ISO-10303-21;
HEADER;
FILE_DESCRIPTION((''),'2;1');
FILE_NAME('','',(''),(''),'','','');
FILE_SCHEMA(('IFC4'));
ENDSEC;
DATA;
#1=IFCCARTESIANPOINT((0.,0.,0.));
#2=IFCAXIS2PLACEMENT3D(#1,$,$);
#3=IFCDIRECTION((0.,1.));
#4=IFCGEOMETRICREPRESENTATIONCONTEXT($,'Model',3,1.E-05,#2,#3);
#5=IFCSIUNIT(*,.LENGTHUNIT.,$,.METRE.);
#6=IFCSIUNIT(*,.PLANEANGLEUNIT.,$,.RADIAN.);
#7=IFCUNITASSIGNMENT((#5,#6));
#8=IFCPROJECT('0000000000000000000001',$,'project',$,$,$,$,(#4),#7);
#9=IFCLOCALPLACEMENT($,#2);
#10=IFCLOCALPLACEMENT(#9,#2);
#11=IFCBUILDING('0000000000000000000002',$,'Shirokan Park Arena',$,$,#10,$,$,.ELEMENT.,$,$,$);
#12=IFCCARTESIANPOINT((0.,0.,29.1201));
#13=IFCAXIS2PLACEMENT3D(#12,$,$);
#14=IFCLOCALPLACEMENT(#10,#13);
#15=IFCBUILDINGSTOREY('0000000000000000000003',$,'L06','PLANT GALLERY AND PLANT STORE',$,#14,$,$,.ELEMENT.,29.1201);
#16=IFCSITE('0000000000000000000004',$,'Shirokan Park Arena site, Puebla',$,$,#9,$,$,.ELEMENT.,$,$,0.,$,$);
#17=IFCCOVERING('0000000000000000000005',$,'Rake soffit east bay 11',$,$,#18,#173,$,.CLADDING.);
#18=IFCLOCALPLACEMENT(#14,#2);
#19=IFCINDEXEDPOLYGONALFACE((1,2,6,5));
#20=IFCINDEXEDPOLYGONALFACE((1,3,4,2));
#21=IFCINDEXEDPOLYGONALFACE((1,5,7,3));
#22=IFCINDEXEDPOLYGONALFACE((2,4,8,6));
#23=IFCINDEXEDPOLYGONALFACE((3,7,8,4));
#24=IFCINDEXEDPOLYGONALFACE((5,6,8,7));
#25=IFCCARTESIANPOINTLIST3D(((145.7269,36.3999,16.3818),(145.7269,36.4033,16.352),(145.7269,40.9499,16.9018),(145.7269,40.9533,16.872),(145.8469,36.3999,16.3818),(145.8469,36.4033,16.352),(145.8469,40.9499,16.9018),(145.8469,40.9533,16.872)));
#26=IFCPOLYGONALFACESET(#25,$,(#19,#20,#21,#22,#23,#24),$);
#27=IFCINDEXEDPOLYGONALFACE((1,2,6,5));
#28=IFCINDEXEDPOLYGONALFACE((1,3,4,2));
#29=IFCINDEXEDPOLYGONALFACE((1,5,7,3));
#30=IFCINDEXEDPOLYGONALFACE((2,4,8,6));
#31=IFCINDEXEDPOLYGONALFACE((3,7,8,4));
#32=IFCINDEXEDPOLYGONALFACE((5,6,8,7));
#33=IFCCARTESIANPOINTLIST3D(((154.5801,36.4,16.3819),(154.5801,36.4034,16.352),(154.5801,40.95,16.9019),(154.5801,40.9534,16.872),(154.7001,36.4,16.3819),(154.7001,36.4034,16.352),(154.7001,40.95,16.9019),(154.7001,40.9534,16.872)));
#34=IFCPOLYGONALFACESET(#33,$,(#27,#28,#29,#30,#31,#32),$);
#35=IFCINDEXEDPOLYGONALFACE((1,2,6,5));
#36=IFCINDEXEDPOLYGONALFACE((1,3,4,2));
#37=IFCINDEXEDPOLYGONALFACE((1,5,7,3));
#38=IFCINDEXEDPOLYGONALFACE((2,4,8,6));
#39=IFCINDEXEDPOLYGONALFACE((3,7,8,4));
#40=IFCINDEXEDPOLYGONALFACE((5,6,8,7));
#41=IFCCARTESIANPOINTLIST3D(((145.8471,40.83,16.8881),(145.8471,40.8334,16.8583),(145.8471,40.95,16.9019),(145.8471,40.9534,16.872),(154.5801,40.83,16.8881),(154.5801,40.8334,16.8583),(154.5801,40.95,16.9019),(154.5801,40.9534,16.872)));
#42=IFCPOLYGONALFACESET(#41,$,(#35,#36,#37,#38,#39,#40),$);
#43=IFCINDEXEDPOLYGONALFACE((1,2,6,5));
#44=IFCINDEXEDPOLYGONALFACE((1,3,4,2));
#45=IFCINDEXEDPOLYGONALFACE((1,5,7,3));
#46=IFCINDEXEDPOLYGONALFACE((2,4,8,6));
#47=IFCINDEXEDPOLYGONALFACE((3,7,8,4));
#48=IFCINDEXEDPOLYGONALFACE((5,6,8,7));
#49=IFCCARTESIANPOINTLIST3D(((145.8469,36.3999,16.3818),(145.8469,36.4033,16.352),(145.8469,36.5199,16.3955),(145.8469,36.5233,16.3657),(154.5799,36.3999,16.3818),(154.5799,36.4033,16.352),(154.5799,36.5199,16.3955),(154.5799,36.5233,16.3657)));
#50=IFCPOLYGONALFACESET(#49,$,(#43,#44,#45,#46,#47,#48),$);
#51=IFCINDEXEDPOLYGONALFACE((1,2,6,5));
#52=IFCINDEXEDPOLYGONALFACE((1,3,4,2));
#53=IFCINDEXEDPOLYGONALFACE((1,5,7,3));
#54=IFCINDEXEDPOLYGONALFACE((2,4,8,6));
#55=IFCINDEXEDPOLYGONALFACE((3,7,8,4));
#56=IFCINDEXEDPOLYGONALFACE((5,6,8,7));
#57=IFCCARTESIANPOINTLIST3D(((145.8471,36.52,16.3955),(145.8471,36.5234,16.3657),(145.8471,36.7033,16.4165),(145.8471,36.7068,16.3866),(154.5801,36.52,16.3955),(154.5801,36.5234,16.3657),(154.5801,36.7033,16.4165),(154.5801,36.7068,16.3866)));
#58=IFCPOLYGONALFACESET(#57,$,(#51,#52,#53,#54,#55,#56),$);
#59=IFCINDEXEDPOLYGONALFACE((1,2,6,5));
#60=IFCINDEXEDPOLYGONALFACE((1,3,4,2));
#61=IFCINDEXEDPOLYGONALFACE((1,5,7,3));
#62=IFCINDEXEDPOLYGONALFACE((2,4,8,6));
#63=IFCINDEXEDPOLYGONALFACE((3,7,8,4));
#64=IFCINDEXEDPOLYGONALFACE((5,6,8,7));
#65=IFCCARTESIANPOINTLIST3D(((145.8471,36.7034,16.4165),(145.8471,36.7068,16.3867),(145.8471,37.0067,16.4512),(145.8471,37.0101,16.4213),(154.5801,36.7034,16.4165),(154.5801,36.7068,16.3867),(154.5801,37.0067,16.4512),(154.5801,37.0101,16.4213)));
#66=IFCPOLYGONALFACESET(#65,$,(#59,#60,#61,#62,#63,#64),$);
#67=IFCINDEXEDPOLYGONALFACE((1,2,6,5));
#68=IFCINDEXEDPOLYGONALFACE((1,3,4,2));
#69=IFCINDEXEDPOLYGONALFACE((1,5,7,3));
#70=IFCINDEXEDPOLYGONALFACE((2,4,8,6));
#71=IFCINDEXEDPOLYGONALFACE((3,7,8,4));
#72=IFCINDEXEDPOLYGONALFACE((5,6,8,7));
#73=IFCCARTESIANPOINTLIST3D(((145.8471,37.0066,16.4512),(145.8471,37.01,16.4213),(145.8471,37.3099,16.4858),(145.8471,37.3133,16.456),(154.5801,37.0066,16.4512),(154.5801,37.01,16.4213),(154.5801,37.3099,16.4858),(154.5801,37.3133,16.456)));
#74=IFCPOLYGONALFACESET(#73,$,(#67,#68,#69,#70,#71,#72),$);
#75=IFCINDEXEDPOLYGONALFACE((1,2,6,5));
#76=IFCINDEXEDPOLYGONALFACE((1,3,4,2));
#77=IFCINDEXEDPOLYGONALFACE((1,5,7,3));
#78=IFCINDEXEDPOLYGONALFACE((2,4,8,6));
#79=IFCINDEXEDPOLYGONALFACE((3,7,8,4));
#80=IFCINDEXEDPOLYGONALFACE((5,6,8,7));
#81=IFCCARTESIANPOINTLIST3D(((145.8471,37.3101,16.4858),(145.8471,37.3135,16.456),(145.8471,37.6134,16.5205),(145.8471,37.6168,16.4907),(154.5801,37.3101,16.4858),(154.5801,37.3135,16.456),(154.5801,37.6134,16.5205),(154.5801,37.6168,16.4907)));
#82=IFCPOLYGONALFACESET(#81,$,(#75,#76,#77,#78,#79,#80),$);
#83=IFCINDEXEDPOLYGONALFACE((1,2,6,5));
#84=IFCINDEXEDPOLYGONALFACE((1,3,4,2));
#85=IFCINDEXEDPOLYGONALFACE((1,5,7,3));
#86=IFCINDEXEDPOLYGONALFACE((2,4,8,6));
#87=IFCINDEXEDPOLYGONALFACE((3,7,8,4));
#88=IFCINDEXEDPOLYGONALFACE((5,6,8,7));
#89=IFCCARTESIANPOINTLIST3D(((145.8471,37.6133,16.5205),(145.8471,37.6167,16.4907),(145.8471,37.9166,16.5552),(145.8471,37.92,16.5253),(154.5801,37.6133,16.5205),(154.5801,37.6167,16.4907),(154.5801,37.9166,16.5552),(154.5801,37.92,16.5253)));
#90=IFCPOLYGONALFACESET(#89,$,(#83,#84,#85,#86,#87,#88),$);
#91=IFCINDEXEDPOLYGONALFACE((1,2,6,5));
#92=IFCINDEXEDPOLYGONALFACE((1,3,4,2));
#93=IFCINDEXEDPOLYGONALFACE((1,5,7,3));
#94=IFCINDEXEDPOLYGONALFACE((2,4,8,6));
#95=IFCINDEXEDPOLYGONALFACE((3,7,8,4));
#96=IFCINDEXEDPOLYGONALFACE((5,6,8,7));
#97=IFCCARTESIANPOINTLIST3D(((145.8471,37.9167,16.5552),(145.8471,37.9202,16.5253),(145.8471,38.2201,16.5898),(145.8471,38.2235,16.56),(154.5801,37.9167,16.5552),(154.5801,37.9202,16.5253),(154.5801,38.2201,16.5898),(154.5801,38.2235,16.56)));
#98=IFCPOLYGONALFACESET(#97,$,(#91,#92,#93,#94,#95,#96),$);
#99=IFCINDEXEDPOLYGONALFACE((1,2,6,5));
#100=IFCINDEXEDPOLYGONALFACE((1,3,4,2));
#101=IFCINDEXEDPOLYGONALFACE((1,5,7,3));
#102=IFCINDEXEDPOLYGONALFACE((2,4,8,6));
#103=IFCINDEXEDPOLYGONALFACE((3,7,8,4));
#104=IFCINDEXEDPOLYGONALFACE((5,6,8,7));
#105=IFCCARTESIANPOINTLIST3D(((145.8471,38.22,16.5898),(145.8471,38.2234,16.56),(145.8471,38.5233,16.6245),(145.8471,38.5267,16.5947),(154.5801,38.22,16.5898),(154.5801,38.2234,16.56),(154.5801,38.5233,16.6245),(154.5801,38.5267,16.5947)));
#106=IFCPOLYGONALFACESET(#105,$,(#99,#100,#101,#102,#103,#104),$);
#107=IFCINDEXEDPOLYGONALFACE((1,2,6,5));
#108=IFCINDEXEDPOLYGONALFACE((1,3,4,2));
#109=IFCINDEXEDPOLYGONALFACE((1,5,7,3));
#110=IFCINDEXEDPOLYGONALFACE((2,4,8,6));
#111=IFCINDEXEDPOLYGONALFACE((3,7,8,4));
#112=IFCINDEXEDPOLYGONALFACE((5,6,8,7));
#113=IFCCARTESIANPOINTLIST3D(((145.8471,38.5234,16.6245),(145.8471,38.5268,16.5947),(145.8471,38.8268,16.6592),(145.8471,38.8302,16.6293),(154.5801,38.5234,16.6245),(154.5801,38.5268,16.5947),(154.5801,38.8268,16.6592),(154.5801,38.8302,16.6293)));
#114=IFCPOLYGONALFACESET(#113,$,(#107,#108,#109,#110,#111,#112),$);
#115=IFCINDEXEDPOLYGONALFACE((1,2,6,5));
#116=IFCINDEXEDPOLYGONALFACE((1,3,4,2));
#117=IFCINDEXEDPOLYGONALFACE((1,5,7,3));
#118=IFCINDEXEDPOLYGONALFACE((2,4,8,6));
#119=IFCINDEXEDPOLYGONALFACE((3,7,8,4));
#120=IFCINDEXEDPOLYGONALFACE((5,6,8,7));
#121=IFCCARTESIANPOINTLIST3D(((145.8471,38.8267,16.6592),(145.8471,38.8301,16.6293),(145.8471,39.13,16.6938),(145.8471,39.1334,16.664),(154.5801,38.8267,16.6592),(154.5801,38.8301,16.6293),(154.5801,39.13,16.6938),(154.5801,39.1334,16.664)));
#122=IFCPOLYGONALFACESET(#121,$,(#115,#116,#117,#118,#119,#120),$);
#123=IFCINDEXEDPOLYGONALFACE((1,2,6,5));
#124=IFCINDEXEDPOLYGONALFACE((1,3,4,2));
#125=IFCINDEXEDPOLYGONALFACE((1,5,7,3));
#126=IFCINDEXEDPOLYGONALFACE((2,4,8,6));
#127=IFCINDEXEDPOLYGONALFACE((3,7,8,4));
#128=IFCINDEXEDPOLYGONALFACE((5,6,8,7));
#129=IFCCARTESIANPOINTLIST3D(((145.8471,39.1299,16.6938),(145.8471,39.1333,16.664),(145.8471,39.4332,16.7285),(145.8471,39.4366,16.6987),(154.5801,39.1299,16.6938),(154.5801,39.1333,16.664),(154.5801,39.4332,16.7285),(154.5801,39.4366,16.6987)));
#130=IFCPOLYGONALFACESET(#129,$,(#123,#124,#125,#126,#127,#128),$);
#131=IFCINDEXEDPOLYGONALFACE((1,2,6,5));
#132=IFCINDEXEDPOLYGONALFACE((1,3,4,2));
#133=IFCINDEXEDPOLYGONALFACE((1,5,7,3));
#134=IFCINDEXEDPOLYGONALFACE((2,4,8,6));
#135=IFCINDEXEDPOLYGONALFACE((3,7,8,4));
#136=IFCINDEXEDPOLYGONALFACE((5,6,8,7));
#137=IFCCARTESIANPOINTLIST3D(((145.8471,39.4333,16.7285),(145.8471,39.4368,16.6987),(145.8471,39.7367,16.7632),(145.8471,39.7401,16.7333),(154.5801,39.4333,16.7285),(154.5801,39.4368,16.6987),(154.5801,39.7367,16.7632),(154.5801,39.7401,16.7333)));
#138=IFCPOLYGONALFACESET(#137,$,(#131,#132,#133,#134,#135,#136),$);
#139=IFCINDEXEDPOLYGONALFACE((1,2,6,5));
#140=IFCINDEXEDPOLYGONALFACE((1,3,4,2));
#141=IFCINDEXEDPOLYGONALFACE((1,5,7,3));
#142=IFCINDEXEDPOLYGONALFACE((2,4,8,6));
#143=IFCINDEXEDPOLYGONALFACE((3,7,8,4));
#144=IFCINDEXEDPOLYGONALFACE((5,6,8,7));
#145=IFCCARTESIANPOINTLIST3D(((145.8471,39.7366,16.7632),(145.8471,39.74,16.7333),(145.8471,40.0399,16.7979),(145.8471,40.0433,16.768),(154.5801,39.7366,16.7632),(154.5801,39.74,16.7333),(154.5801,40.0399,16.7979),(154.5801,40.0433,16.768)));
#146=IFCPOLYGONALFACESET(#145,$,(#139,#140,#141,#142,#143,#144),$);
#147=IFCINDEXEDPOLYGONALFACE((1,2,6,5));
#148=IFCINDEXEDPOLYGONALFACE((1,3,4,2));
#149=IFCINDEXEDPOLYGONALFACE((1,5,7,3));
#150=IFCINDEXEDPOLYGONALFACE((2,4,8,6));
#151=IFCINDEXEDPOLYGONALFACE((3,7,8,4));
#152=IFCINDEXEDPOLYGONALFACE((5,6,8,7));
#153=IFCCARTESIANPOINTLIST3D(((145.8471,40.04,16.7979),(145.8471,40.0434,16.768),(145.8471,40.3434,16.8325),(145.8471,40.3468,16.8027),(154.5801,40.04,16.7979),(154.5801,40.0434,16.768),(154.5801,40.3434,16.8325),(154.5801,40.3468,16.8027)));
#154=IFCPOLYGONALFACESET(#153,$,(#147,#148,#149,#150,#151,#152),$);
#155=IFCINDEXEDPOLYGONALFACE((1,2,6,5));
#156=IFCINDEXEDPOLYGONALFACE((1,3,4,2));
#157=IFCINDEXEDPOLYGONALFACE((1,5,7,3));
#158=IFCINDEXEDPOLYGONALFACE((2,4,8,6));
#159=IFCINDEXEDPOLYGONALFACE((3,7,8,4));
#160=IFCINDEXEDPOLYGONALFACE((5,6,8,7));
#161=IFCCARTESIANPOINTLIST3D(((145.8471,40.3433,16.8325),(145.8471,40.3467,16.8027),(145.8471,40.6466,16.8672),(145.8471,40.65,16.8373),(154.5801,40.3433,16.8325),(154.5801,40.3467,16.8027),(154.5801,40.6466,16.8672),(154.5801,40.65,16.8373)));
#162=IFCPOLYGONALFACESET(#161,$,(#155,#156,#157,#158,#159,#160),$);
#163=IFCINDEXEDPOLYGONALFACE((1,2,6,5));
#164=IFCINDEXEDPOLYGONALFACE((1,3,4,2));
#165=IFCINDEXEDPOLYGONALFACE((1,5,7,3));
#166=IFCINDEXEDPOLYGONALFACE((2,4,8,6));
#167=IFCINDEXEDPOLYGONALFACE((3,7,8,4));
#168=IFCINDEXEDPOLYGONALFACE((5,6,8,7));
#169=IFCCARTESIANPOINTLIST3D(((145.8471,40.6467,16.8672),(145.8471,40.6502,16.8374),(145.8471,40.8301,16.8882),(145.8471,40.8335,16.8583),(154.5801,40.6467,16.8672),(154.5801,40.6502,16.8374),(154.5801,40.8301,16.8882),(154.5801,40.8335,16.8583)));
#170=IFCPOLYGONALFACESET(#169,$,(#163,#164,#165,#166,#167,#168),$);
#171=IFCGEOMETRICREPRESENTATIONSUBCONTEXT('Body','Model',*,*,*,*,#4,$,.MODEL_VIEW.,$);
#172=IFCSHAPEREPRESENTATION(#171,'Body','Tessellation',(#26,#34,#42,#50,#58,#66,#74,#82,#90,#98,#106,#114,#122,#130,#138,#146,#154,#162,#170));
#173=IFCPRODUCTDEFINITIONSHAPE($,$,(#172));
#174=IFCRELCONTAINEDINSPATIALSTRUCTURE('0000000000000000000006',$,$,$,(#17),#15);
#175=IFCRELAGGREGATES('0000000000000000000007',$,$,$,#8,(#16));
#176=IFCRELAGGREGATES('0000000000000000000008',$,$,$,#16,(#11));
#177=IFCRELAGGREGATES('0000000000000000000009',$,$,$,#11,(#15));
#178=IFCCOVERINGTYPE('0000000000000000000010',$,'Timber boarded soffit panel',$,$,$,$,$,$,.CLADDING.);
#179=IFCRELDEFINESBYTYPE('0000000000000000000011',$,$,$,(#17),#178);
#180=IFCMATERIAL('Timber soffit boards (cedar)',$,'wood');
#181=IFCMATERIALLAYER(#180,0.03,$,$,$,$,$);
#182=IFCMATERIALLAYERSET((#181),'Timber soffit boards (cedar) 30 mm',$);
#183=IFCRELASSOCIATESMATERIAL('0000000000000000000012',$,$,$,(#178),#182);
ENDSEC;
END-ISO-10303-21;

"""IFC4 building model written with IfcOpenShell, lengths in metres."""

from ifc_helpers import new_model, si_unit, direction, frame, origin, place, context, subcontext, project, spatial, polyline, outline, extrude, material, layer, layer_set, type_object, element, save


model = new_model("IFC4")

# Units and contexts
model_context = context("Model", 3, precision=1e-05, world=origin(), true_north=direction((0.0, 1.0)))
body_context = subcontext(model_context, "Body", "Model", "MODEL_VIEW")
ifc_project = project(units=[si_unit("LENGTHUNIT", "METRE"), si_unit("PLANEANGLEUNIT", "RADIAN")], contexts=[model_context])

# Site, building, storey
site_placement = place(None, origin())
site = spatial("IfcSite", under=ifc_project, at=site_placement, Name="Shirokan Park Arena site, Puebla", CompositionType="ELEMENT", RefElevation=0.0)
building_placement = place(site_placement, origin())
building = spatial("IfcBuilding", under=site, at=building_placement, Name="Shirokan Park Arena", CompositionType="ELEMENT")
storey_placement = place(building_placement, frame((0.0, 0.0, 29.1201)))
storey = spatial("IfcBuildingStorey", under=building, at=storey_placement, Name="L06", Description="PLANT GALLERY AND PLANT STORE", CompositionType="ELEMENT", Elevation=29.1201)

# Covering
ifc_material = material(Name="Timber soffit boards (cedar)", Category="wood")
ifc_layer = layer(ifc_material, 0.03)
ifc_layer_set = layer_set([ifc_layer], Name="Timber soffit boards (cedar) 30 mm")
covering_type = type_object("IfcCoveringType", Name="Timber boarded soffit panel", PredefinedType="CLADDING", material=ifc_layer_set)
covering_1_placement = place(storey_placement, origin())
element("IfcCovering", 1, at=covering_1_placement, inside=storey, type_object=covering_type, Name="Rake soffit east bay 11", PredefinedType="CLADDING", context=body_context, shape_type="SweptSolid", body=[
    extrude(outline(polyline([(0.0, 0.0), (0.12, 0.0), (0.12, -4.5796), (0.0, -4.5796), (0.0, 0.0)])), frame((145.8469, 36.3999, 16.3818), z_axis=(0.0, -0.113547, 0.993533), x_axis=(-1.0, 0.0, 0.0)), (0.0, 0.0, -1.0), 0.03),
    extrude(outline(polyline([(0.0, 0.0), (0.12, 0.0), (0.12, -4.5796), (0.0, -4.5796), (0.0, 0.0)])), frame((154.5801, 40.95, 16.9019), z_axis=(0.0, -0.113547, 0.993533), x_axis=(1.0, 0.0, 0.0)), (0.0, 0.0, -1.0), 0.03),
    extrude(outline(polyline([(0.0, 0.0), (0.1208, 0.0), (0.1208, -8.733), (0.0, -8.733), (0.0, 0.0)])), frame((154.5801, 40.95, 16.9019), z_axis=(0.0, -0.113512, 0.993537), x_axis=(0.0, -0.993537, -0.113512)), (0.0, 0.0, -1.0), 0.03),
    extrude(outline(polyline([(0.0, 0.0), (0.1208, 0.0), (0.1208, -8.733), (0.0, -8.733), (0.0, 0.0)])), frame((145.8469, 36.3999, 16.3818), z_axis=(0.0, -0.113512, 0.993537), x_axis=(0.0, 0.993537, 0.113512)), (0.0, 0.0, -1.0), 0.03),
    extrude(outline(polyline([(0.0, 0.0), (8.733, 0.0), (8.733, -0.1845), (0.0, -0.1845), (0.0, 0.0)])), frame((154.5801, 36.52, 16.3955), z_axis=(0.0, -0.113589, 0.993528), x_axis=(-1.0, 0.0, 0.0)), (0.0, 0.0, -1.0), 0.03),
    extrude(outline(polyline([(0.0, 0.0), (8.733, 0.0), (8.733, -0.3053), (0.0, -0.3053), (0.0, 0.0)])), frame((154.5801, 36.7034, 16.4165), z_axis=(0.0, -0.113523, 0.993535), x_axis=(-1.0, 0.0, 0.0)), (0.0, 0.0, -1.0), 0.03),
    extrude(outline(polyline([(0.0, 0.0), (8.733, 0.0), (8.733, -0.3053), (0.0, -0.3053), (0.0, 0.0)])), frame((154.5801, 37.0066, 16.4512), z_axis=(0.0, -0.113559, 0.993531), x_axis=(-1.0, 0.0, 0.0)), (0.0, 0.0, -1.0), 0.03),
    extrude(outline(polyline([(0.0, 0.0), (8.733, 0.0), (8.733, -0.3053), (0.0, -0.3053), (0.0, 0.0)])), frame((154.5801, 37.3101, 16.4858), z_axis=(0.0, -0.113559, 0.993531), x_axis=(-1.0, 0.0, 0.0)), (0.0, 0.0, -1.0), 0.03),
    extrude(outline(polyline([(0.0, 0.0), (8.733, 0.0), (8.733, -0.3053), (0.0, -0.3053), (0.0, 0.0)])), frame((154.5801, 37.6133, 16.5205), z_axis=(0.0, -0.113523, 0.993535), x_axis=(-1.0, 0.0, 0.0)), (0.0, 0.0, -1.0), 0.03),
    extrude(outline(polyline([(0.0, 0.0), (8.733, 0.0), (8.733, -0.3053), (0.0, -0.3053), (0.0, 0.0)])), frame((154.5801, 37.9167, 16.5552), z_axis=(0.0, -0.113559, 0.993531), x_axis=(-1.0, 0.0, 0.0)), (0.0, 0.0, -1.0), 0.03),
    extrude(outline(polyline([(0.0, 0.0), (8.733, 0.0), (8.733, -0.3053), (0.0, -0.3053), (0.0, 0.0)])), frame((154.5801, 38.22, 16.5898), z_axis=(0.0, -0.113559, 0.993531), x_axis=(-1.0, 0.0, 0.0)), (0.0, 0.0, -1.0), 0.03),
    extrude(outline(polyline([(0.0, 0.0), (8.733, 0.0), (8.733, -0.3053), (0.0, -0.3053), (0.0, 0.0)])), frame((154.5801, 38.5234, 16.6245), z_axis=(0.0, -0.113523, 0.993535), x_axis=(-1.0, 0.0, 0.0)), (0.0, 0.0, -1.0), 0.03),
    extrude(outline(polyline([(0.0, 0.0), (8.733, 0.0), (8.733, -0.3053), (0.0, -0.3053), (0.0, 0.0)])), frame((154.5801, 38.8267, 16.6592), z_axis=(0.0, -0.113559, 0.993531), x_axis=(-1.0, 0.0, 0.0)), (0.0, 0.0, -1.0), 0.03),
    extrude(outline(polyline([(0.0, 0.0), (8.733, 0.0), (8.733, -0.3053), (0.0, -0.3053), (0.0, 0.0)])), frame((154.5801, 39.1299, 16.6938), z_axis=(0.0, -0.113559, 0.993531), x_axis=(-1.0, 0.0, 0.0)), (0.0, 0.0, -1.0), 0.03),
    extrude(outline(polyline([(0.0, 0.0), (8.733, 0.0), (8.733, -0.3053), (0.0, -0.3053), (0.0, 0.0)])), frame((154.5801, 39.4333, 16.7285), z_axis=(0.0, -0.113523, 0.993535), x_axis=(-1.0, 0.0, 0.0)), (0.0, 0.0, -1.0), 0.03),
    extrude(outline(polyline([(0.0, 0.0), (8.733, 0.0), (8.733, -0.3053), (0.0, -0.3053), (0.0, 0.0)])), frame((154.5801, 39.7366, 16.7632), z_axis=(0.0, -0.113559, 0.993531), x_axis=(-1.0, 0.0, 0.0)), (0.0, 0.0, -1.0), 0.03),
    extrude(outline(polyline([(0.0, 0.0), (8.733, 0.0), (8.733, -0.3053), (0.0, -0.3053), (0.0, 0.0)])), frame((154.5801, 40.04, 16.7979), z_axis=(0.0, -0.113559, 0.993531), x_axis=(-1.0, 0.0, 0.0)), (0.0, 0.0, -1.0), 0.03),
    extrude(outline(polyline([(0.0, 0.0), (8.733, 0.0), (8.733, -0.3053), (0.0, -0.3053), (0.0, 0.0)])), frame((154.5801, 40.3433, 16.8325), z_axis=(0.0, -0.113523, 0.993535), x_axis=(-1.0, 0.0, 0.0)), (0.0, 0.0, -1.0), 0.03),
    extrude(outline(polyline([(0.0, 0.0), (0.1845, 0.0), (0.1845, -8.733), (0.0, -8.733), (0.0, 0.0)])), frame((154.5801, 40.8301, 16.8882), z_axis=(0.0, -0.113589, 0.993528), x_axis=(0.0, -0.993528, -0.113589)), (0.0, 0.0, -1.0), 0.03),
])

save(model, "model.ifc")
